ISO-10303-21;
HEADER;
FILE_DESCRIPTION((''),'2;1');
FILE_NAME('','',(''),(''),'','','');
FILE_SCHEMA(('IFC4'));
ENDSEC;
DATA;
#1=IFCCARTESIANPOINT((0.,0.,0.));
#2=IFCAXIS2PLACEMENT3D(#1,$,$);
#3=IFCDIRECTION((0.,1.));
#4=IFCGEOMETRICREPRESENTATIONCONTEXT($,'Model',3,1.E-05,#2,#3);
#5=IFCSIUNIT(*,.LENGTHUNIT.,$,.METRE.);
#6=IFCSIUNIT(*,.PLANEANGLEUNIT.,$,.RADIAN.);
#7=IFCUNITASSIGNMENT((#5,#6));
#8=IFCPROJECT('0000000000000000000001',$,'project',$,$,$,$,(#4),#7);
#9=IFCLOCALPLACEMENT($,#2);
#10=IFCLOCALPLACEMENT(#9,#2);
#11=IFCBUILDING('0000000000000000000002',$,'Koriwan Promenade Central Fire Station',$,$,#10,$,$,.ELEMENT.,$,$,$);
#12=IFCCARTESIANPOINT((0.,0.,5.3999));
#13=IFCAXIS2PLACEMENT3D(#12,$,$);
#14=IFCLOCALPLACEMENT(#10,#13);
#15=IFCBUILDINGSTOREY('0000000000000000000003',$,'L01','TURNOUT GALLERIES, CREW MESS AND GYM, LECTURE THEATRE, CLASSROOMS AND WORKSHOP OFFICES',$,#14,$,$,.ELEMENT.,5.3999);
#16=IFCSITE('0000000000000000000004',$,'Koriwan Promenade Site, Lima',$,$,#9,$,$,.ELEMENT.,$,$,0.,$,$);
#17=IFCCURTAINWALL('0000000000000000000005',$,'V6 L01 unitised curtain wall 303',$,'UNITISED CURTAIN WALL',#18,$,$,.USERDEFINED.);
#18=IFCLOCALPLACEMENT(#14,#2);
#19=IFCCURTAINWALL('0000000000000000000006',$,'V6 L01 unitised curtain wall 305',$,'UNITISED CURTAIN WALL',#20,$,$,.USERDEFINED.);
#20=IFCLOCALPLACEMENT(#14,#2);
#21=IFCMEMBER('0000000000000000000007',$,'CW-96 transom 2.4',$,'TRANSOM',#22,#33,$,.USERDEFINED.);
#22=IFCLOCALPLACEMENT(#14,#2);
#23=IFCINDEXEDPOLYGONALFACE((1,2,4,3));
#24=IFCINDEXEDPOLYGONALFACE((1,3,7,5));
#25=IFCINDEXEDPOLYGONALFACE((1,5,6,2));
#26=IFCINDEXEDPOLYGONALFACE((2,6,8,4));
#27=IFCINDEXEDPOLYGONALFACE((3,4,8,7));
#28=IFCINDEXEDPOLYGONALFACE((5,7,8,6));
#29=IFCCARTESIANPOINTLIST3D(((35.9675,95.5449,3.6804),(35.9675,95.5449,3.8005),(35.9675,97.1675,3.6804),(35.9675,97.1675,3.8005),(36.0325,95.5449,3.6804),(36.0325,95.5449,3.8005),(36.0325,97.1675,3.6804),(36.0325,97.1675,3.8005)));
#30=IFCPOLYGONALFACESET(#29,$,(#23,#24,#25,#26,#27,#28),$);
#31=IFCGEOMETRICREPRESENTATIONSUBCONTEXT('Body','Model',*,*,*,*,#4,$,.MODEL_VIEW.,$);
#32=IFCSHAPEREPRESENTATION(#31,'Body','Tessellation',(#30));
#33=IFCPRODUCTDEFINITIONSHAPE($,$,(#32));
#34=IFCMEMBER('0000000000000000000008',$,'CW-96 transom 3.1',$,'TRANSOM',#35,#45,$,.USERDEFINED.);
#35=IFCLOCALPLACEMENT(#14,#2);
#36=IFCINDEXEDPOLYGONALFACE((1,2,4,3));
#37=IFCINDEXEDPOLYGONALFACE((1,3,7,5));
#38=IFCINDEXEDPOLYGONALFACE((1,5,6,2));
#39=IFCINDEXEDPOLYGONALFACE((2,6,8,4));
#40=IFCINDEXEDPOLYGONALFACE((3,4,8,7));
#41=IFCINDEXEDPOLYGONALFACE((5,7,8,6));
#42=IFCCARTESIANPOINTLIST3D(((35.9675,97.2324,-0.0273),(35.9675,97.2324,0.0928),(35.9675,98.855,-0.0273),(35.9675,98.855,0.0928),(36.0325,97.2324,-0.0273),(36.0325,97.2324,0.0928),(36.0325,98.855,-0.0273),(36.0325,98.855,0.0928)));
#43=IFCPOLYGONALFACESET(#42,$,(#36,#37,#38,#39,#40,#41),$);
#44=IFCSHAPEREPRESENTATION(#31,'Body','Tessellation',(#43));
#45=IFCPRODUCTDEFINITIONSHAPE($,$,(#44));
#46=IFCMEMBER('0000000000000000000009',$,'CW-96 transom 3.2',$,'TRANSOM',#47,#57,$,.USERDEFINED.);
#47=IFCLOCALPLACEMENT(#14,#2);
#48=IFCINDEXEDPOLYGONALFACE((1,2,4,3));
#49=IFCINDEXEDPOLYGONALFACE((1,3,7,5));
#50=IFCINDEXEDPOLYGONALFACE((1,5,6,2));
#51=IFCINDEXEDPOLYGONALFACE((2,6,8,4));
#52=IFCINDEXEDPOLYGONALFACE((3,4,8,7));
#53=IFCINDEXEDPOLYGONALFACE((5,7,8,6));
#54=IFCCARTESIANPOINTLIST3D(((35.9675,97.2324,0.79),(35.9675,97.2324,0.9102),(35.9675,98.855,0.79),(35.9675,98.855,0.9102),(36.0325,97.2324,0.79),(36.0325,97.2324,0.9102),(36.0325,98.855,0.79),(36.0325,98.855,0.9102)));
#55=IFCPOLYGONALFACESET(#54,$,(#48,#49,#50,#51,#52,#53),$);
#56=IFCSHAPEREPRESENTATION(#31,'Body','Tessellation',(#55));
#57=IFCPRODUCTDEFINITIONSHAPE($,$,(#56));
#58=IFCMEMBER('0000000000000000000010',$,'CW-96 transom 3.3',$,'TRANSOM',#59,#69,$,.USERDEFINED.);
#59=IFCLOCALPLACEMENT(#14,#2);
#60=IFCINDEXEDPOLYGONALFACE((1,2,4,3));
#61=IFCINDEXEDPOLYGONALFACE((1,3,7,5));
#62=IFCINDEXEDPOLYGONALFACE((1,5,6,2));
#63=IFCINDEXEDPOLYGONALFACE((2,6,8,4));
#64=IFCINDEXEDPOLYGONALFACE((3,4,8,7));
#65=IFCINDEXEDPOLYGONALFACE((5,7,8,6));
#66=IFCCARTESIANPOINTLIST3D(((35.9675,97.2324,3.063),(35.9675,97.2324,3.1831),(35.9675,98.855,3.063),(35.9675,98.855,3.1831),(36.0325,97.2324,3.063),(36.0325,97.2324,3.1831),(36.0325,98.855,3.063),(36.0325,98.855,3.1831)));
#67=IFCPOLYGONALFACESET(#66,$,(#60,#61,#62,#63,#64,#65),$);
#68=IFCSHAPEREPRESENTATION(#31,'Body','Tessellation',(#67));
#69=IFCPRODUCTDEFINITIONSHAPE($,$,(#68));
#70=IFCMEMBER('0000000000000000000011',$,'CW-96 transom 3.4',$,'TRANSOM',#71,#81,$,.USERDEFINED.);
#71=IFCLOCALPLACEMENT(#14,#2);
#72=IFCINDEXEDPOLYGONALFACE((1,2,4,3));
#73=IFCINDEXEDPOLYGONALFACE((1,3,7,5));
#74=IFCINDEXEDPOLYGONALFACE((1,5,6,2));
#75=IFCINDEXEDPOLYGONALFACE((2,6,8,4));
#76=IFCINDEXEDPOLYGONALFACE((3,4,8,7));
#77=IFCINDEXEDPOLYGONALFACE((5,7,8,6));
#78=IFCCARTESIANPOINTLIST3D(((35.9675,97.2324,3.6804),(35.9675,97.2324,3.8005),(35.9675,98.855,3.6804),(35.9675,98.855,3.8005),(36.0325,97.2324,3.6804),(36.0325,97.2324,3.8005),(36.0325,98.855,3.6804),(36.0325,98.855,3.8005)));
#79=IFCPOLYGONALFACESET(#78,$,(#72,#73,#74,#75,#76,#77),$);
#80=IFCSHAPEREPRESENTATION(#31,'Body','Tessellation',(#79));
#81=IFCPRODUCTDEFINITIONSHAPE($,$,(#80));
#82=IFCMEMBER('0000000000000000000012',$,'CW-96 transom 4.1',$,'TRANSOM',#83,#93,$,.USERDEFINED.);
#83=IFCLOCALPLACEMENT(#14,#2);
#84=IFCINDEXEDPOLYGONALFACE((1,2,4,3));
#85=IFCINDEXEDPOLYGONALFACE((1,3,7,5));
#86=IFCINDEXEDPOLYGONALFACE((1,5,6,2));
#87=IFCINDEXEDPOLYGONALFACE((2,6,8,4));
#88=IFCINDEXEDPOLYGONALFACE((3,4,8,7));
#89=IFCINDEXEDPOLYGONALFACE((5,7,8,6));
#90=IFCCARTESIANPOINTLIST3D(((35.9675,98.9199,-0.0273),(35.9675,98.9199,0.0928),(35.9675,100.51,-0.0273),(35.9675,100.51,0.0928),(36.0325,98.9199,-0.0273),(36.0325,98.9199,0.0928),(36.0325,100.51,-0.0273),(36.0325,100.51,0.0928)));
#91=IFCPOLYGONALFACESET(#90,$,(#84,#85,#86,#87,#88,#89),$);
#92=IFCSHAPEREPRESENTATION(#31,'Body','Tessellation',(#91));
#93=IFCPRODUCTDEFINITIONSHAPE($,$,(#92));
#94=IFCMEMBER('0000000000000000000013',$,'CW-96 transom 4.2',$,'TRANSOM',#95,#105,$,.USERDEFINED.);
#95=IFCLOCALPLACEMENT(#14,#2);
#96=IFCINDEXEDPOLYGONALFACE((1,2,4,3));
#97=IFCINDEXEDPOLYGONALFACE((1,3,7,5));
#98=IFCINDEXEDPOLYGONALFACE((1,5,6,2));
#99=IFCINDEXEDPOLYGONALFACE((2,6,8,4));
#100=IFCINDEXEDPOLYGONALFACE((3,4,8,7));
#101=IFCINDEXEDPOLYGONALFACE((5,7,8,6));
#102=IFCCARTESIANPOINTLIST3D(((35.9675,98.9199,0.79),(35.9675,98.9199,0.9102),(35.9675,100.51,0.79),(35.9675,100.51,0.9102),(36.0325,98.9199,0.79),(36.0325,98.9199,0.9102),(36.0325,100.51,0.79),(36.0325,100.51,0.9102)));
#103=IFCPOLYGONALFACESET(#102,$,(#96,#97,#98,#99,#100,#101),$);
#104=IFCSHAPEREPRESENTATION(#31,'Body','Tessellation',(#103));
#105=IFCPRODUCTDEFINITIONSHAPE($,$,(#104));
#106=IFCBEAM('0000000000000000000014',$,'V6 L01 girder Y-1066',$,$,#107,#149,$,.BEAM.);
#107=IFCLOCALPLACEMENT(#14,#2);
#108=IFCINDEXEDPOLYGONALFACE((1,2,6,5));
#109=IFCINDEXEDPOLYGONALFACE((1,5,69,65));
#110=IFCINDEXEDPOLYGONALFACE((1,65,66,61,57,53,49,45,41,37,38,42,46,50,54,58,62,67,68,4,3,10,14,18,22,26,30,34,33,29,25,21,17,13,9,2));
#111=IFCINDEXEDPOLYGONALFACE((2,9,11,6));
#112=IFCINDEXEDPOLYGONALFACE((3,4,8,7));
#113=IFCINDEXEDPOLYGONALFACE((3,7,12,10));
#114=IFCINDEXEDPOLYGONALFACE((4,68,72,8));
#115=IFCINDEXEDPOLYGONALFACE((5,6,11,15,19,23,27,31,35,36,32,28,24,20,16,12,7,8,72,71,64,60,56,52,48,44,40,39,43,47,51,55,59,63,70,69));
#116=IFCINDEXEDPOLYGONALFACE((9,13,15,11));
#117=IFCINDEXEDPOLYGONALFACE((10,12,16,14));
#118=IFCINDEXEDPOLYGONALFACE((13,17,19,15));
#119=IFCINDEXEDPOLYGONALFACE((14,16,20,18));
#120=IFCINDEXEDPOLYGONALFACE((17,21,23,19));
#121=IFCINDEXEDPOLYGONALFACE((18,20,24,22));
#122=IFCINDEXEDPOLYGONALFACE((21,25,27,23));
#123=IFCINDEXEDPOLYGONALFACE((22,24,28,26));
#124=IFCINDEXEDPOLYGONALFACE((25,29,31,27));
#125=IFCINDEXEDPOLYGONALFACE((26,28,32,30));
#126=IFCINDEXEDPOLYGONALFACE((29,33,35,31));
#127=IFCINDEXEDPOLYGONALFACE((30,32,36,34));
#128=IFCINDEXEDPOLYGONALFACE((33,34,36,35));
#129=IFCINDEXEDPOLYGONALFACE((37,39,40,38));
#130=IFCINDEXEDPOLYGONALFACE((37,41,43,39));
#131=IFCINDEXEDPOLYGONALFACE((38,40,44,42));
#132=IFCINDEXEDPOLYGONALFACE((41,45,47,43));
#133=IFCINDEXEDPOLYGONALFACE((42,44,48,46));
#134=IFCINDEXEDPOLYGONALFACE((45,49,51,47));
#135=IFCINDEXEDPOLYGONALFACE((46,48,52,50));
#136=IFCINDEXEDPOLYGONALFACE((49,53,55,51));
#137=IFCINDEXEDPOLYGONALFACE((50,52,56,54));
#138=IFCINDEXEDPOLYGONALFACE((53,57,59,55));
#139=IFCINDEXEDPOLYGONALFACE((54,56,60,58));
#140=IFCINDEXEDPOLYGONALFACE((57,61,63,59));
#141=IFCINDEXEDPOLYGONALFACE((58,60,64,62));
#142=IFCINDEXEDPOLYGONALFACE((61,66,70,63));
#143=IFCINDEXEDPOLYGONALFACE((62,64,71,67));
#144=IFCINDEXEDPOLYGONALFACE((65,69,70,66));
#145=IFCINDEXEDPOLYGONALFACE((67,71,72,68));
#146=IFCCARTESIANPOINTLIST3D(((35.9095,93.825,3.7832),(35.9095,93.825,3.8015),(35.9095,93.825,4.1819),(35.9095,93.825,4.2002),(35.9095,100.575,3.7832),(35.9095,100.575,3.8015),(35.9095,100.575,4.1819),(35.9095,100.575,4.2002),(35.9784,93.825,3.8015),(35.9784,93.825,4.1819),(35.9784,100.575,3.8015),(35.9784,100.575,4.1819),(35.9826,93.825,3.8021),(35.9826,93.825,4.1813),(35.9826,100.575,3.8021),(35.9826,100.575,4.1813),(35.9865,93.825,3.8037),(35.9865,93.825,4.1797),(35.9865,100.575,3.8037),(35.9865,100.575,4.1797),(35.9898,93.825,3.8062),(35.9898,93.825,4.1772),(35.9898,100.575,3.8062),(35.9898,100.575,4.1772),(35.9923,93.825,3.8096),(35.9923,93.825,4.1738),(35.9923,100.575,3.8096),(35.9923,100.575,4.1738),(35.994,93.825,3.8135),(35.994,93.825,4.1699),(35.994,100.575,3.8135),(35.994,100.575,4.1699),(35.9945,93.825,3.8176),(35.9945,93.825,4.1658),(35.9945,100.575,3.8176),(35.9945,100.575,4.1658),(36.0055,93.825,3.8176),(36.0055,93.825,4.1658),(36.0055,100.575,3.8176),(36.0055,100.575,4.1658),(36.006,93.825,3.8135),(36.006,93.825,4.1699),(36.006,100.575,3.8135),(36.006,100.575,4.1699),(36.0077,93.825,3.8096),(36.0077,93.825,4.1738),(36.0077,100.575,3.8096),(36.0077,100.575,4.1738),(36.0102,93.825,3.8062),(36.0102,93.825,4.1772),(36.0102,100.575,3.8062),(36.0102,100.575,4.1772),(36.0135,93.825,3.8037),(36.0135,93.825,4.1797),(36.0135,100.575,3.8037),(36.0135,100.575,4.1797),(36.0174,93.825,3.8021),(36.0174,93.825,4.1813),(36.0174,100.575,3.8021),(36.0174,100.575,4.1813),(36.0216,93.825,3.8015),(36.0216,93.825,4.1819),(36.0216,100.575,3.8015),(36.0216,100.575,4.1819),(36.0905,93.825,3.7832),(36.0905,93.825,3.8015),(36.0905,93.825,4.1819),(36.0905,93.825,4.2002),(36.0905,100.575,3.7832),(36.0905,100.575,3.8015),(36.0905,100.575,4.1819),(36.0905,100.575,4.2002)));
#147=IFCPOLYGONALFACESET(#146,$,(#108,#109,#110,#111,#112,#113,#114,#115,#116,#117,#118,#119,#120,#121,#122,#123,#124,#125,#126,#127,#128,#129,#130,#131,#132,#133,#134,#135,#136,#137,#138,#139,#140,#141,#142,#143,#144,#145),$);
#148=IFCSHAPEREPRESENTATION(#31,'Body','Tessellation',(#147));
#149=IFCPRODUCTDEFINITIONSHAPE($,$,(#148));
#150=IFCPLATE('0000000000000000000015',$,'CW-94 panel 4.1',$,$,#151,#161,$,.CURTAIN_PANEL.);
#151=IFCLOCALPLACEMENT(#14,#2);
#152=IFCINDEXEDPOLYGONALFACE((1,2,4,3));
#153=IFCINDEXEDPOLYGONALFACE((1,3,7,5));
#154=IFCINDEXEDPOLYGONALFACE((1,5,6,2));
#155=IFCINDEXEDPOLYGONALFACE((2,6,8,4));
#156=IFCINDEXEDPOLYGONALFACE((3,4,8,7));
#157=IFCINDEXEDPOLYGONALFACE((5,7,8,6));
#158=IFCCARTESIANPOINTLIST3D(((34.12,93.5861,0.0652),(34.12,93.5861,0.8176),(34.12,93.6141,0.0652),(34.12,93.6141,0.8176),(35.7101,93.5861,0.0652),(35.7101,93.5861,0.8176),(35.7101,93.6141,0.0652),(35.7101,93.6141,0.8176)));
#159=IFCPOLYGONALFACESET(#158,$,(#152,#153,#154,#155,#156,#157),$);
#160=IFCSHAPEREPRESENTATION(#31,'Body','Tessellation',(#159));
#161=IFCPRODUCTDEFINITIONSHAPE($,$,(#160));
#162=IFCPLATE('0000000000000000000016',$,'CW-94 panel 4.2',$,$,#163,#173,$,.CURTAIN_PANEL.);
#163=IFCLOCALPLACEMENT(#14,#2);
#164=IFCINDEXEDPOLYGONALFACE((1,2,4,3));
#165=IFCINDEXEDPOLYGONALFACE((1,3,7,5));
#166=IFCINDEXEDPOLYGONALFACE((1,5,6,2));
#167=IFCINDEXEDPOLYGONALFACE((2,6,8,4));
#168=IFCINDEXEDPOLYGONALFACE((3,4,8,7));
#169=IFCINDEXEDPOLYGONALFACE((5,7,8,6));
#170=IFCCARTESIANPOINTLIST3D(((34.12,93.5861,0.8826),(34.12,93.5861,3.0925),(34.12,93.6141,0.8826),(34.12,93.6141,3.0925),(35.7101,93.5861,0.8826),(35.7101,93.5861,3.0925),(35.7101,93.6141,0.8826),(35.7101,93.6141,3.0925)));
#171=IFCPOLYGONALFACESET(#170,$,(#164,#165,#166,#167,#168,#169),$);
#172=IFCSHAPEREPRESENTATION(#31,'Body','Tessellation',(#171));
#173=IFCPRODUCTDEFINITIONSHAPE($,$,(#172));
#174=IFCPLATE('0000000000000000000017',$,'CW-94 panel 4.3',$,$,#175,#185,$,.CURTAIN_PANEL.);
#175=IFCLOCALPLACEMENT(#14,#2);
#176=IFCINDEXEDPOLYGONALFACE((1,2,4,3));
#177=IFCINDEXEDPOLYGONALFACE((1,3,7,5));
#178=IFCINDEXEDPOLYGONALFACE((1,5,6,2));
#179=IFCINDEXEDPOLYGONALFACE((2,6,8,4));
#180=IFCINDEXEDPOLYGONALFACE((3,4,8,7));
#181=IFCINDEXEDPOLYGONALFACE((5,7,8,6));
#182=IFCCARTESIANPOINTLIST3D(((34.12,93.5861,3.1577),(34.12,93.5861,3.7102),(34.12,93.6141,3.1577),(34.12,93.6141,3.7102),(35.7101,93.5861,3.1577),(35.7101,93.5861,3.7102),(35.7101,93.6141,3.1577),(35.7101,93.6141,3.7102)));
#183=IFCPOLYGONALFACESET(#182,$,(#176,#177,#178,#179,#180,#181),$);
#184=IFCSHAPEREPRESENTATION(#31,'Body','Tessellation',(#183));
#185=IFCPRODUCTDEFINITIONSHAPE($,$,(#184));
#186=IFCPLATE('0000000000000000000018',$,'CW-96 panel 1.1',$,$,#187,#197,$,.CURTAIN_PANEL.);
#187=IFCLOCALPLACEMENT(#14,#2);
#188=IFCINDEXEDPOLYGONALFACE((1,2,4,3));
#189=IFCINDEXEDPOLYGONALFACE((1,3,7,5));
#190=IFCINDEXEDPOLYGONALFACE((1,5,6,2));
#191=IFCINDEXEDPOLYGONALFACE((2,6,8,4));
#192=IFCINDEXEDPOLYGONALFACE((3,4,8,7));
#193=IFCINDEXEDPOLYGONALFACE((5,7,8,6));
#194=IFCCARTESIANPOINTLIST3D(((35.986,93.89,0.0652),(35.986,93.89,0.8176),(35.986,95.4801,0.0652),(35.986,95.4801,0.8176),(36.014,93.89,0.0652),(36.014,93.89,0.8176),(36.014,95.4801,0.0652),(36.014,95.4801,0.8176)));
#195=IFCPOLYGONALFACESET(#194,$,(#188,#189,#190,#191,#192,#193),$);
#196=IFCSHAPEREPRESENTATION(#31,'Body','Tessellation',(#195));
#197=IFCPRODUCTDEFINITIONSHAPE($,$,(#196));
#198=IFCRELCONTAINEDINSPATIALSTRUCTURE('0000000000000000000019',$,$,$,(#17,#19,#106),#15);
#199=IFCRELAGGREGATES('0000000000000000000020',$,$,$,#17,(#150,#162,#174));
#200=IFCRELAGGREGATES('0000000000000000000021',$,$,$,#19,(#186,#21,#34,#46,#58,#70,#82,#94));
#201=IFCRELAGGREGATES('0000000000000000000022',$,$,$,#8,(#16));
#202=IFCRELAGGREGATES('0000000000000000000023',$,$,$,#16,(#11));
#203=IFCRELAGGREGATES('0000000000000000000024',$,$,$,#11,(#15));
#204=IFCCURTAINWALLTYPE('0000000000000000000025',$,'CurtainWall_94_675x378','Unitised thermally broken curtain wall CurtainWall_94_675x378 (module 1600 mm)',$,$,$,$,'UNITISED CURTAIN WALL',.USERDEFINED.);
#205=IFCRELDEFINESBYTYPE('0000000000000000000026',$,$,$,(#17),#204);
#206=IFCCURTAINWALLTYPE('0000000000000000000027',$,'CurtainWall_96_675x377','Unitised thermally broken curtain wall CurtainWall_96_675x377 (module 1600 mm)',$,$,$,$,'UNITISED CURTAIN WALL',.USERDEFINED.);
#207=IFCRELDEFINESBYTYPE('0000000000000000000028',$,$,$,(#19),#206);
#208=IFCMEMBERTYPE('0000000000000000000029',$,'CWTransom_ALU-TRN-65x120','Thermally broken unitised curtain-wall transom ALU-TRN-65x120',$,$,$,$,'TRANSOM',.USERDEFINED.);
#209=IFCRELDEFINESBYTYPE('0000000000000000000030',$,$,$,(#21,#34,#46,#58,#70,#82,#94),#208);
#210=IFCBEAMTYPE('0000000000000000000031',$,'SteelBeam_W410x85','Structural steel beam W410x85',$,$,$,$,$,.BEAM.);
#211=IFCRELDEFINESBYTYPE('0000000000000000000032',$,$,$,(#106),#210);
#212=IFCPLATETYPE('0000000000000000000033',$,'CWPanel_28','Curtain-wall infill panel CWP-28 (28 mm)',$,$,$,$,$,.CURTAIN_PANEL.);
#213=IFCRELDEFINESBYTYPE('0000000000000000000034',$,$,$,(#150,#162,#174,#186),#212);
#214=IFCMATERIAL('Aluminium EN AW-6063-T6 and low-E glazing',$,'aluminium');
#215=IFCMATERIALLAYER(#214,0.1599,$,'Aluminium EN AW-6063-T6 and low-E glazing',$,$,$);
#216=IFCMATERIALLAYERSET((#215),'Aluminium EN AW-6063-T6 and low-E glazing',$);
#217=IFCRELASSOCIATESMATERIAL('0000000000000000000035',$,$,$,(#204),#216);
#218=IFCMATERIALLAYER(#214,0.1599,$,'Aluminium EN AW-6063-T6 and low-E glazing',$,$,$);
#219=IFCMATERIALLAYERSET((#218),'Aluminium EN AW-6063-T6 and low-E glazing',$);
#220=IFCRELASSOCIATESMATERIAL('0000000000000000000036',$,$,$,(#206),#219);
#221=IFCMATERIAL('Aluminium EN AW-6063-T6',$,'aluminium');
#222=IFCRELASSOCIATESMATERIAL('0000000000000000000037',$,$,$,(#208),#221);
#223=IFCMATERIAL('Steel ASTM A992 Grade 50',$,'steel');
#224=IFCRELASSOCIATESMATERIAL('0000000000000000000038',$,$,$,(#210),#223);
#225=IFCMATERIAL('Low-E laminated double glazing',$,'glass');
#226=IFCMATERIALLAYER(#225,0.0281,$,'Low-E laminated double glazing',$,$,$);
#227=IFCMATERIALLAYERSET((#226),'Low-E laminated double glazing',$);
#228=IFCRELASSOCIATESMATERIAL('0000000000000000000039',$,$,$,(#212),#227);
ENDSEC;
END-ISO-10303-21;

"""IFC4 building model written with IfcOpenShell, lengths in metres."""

from ifc_helpers import new_model, si_unit, direction, frame, origin, origin_2d, place, context, subcontext, project, spatial, rectangle, i_section, extrude, material, layer, layer_set, material_profile, profile_set, type_object, element, aggregate, save


model = new_model("IFC4")

# Units and contexts
model_context = context("Model", 3, precision=1e-05, world=origin(), true_north=direction((0.0, 1.0)))
body_context = subcontext(model_context, "Body", "Model", "MODEL_VIEW")
ifc_project = project(units=[si_unit("LENGTHUNIT", "METRE"), si_unit("PLANEANGLEUNIT", "RADIAN")], contexts=[model_context])

# Site, building, storey
site_placement = place(None, origin())
site = spatial("IfcSite", under=ifc_project, at=site_placement, Name="Koriwan Promenade Site, Lima", CompositionType="ELEMENT", RefElevation=0.0)
building_placement = place(site_placement, origin())
building = spatial("IfcBuilding", under=site, at=building_placement, Name="Koriwan Promenade Central Fire Station", CompositionType="ELEMENT")
storey_placement = place(building_placement, frame((0.0, 0.0, 5.3999)))
storey = spatial("IfcBuildingStorey", under=building, at=storey_placement, Name="L01", Description="TURNOUT GALLERIES, CREW MESS AND GYM, LECTURE THEATRE, CLASSROOMS AND WORKSHOP OFFICES", CompositionType="ELEMENT", Elevation=5.3999)

# Curtain wall
ifc_material_1 = material(Name="Aluminium EN AW-6063-T6 and low-E glazing", Category="aluminium")
ifc_layer_1 = layer(ifc_material_1, 0.1599, Name="Aluminium EN AW-6063-T6 and low-E glazing")
ifc_layer_set_1 = layer_set([ifc_layer_1], Name="Aluminium EN AW-6063-T6 and low-E glazing")
curtain_wall_type_1 = type_object("IfcCurtainWallType", Name="CurtainWall_94_675x378", Description="Unitised thermally broken curtain wall CurtainWall_94_675x378 (module 1600 mm)", ElementType="UNITISED CURTAIN WALL", PredefinedType="USERDEFINED", material=ifc_layer_set_1)
curtain_wall_1_placement = place(storey_placement, origin())
curtain_wall_1 = element("IfcCurtainWall", 1, at=curtain_wall_1_placement, inside=storey, type_object=curtain_wall_type_1, Name="V6 L01 unitised curtain wall 303", ObjectType="UNITISED CURTAIN WALL", PredefinedType="USERDEFINED")
ifc_material_2 = material(Name="Aluminium EN AW-6063-T6", Category="aluminium")

# Curtain wall
ifc_layer_2 = layer(ifc_material_1, 0.1599, Name="Aluminium EN AW-6063-T6 and low-E glazing")
ifc_layer_set_2 = layer_set([ifc_layer_2], Name="Aluminium EN AW-6063-T6 and low-E glazing")
curtain_wall_type_2 = type_object("IfcCurtainWallType", Name="CurtainWall_96_675x377", Description="Unitised thermally broken curtain wall CurtainWall_96_675x377 (module 1600 mm)", ElementType="UNITISED CURTAIN WALL", PredefinedType="USERDEFINED", material=ifc_layer_set_2)
curtain_wall_2_placement = place(storey_placement, origin())
curtain_wall_2 = element("IfcCurtainWall", 2, at=curtain_wall_2_placement, inside=storey, type_object=curtain_wall_type_2, Name="V6 L01 unitised curtain wall 305", ObjectType="UNITISED CURTAIN WALL", PredefinedType="USERDEFINED")

# Members
ifc_material_profile_1 = material_profile(ifc_material_2, rectangle(XDim=0.0649, YDim=0.1201, at=origin_2d()), Name="ALU-TRN-65x120")
ifc_profile_set_1 = profile_set([ifc_material_profile_1], Name="Aluminium EN AW-6063-T6")
member_type_1 = type_object("IfcMemberType", Name="CWTransom_ALU-TRN-65x120", Description="Thermally broken unitised curtain-wall transom ALU-TRN-65x120", ElementType="TRANSOM", PredefinedType="USERDEFINED", material=ifc_profile_set_1)
member_1_placement = place(storey_placement, frame((36.0, 95.5449, 3.7405), z_axis=(0.0, 1.0, 0.0), x_axis=(-1.0, 0.0, 0.0)))
member_1 = element("IfcMember", 3, at=member_1_placement, type_object=member_type_1, Name="CW-96 transom 2.4", ObjectType="TRANSOM", PredefinedType="USERDEFINED", context=body_context, shape_type="SweptSolid", body=[
    extrude(rectangle(XDim=0.0649, YDim=0.1201, at=origin_2d()), origin(), (0.0, 0.0, 1.0), 1.6226),
])
member_2_placement = place(storey_placement, frame((36.0, 97.2324, 0.0327), z_axis=(0.0, 1.0, 0.0), x_axis=(-1.0, 0.0, 0.0)))
member_2 = element("IfcMember", 4, at=member_2_placement, type_object=member_type_1, Name="CW-96 transom 3.1", ObjectType="TRANSOM", PredefinedType="USERDEFINED", context=body_context, shape_type="SweptSolid", body=[
    extrude(rectangle(XDim=0.0649, YDim=0.1201, at=origin_2d()), origin(), (0.0, 0.0, 1.0), 1.6226),
])
member_3_placement = place(storey_placement, frame((36.0, 97.2324, 0.8501), z_axis=(0.0, 1.0, 0.0), x_axis=(-1.0, 0.0, 0.0)))
member_3 = element("IfcMember", 5, at=member_3_placement, type_object=member_type_1, Name="CW-96 transom 3.2", ObjectType="TRANSOM", PredefinedType="USERDEFINED", context=body_context, shape_type="SweptSolid", body=[
    extrude(rectangle(XDim=0.0649, YDim=0.1201, at=origin_2d()), origin(), (0.0, 0.0, 1.0), 1.6226),
])
member_4_placement = place(storey_placement, frame((36.0, 97.2324, 3.123), z_axis=(0.0, 1.0, 0.0), x_axis=(-1.0, 0.0, 0.0)))
member_4 = element("IfcMember", 6, at=member_4_placement, type_object=member_type_1, Name="CW-96 transom 3.3", ObjectType="TRANSOM", PredefinedType="USERDEFINED", context=body_context, shape_type="SweptSolid", body=[
    extrude(rectangle(XDim=0.0649, YDim=0.1201, at=origin_2d()), origin(), (0.0, 0.0, 1.0), 1.6226),
])
member_5_placement = place(storey_placement, frame((36.0, 97.2324, 3.7405), z_axis=(0.0, 1.0, 0.0), x_axis=(-1.0, 0.0, 0.0)))
member_5 = element("IfcMember", 7, at=member_5_placement, type_object=member_type_1, Name="CW-96 transom 3.4", ObjectType="TRANSOM", PredefinedType="USERDEFINED", context=body_context, shape_type="SweptSolid", body=[
    extrude(rectangle(XDim=0.0649, YDim=0.1201, at=origin_2d()), origin(), (0.0, 0.0, 1.0), 1.6226),
])
member_6_placement = place(storey_placement, frame((36.0, 98.9199, 0.0327), z_axis=(0.0, 1.0, 0.0), x_axis=(-1.0, 0.0, 0.0)))
member_6 = element("IfcMember", 8, at=member_6_placement, type_object=member_type_1, Name="CW-96 transom 4.1", ObjectType="TRANSOM", PredefinedType="USERDEFINED", context=body_context, shape_type="SweptSolid", body=[
    extrude(rectangle(XDim=0.0649, YDim=0.1201, at=origin_2d()), origin(), (0.0, 0.0, 1.0), 1.5901),
])
member_7_placement = place(storey_placement, frame((36.0, 98.9199, 0.8501), z_axis=(0.0, 1.0, 0.0), x_axis=(-1.0, 0.0, 0.0)))
member_7 = element("IfcMember", 9, at=member_7_placement, type_object=member_type_1, Name="CW-96 transom 4.2", ObjectType="TRANSOM", PredefinedType="USERDEFINED", context=body_context, shape_type="SweptSolid", body=[
    extrude(rectangle(XDim=0.0649, YDim=0.1201, at=origin_2d()), origin(), (0.0, 0.0, 1.0), 1.5901),
])

# Beam
ifc_material_3 = material(Name="Steel ASTM A992 Grade 50", Category="steel")
ifc_material_profile_2 = material_profile(ifc_material_3, i_section(OverallWidth=0.1809, OverallDepth=0.417, WebThickness=0.011, FlangeThickness=0.0183, FilletRadius=0.0161, at=origin_2d()), Name="W410x85")
ifc_profile_set_2 = profile_set([ifc_material_profile_2], Name="Steel ASTM A992 Grade 50")
beam_type = type_object("IfcBeamType", Name="SteelBeam_W410x85", Description="Structural steel beam W410x85", PredefinedType="BEAM", material=ifc_profile_set_2)
beam_placement = place(storey_placement, frame((36.0, 93.825, 3.9917), z_axis=(0.0, 1.0, 0.0), x_axis=(-1.0, 0.0, 0.0)))
element("IfcBeam", 10, at=beam_placement, inside=storey, type_object=beam_type, Name="V6 L01 girder Y-1066", PredefinedType="BEAM", context=body_context, shape_type="SweptSolid", body=[
    extrude(i_section(OverallWidth=0.1809, OverallDepth=0.417, WebThickness=0.011, FlangeThickness=0.0183, FilletRadius=0.0161, at=origin_2d()), origin(), (0.0, 0.0, 1.0), 6.75),
])

# Plates
ifc_material_4 = material(Name="Low-E laminated double glazing", Category="glass")
ifc_layer_3 = layer(ifc_material_4, 0.0281, Name="Low-E laminated double glazing")
ifc_layer_set_3 = layer_set([ifc_layer_3], Name="Low-E laminated double glazing")
plate_type = type_object("IfcPlateType", Name="CWPanel_28", Description="Curtain-wall infill panel CWP-28 (28 mm)", PredefinedType="CURTAIN_PANEL", material=ifc_layer_set_3)
plate_1_placement = place(storey_placement, frame((34.915, 93.6001, 0.0652), z_axis=(0.0, 0.0, 1.0), x_axis=(1.0, 0.0, 0.0)))
plate_1 = element("IfcPlate", 11, at=plate_1_placement, type_object=plate_type, Name="CW-94 panel 4.1", PredefinedType="CURTAIN_PANEL", context=body_context, shape_type="SweptSolid", body=[
    extrude(rectangle(XDim=1.5901, YDim=0.0281, at=origin_2d()), origin(), (0.0, 0.0, 1.0), 0.7524),
])
plate_2_placement = place(storey_placement, frame((34.915, 93.6001, 0.8826), z_axis=(0.0, 0.0, 1.0), x_axis=(1.0, 0.0, 0.0)))
plate_2 = element("IfcPlate", 12, at=plate_2_placement, type_object=plate_type, Name="CW-94 panel 4.2", PredefinedType="CURTAIN_PANEL", context=body_context, shape_type="SweptSolid", body=[
    extrude(rectangle(XDim=1.5901, YDim=0.0281, at=origin_2d()), origin(), (0.0, 0.0, 1.0), 2.21),
])
plate_3_placement = place(storey_placement, frame((34.915, 93.6001, 3.1577), z_axis=(0.0, 0.0, 1.0), x_axis=(1.0, 0.0, 0.0)))
plate_3 = element("IfcPlate", 13, at=plate_3_placement, type_object=plate_type, Name="CW-94 panel 4.3", PredefinedType="CURTAIN_PANEL", context=body_context, shape_type="SweptSolid", body=[
    extrude(rectangle(XDim=1.5901, YDim=0.0281, at=origin_2d()), origin(), (0.0, 0.0, 1.0), 0.5525),
])
aggregate(curtain_wall_1, [plate_1, plate_2, plate_3])
plate_4_placement = place(storey_placement, frame((36.0, 94.6851, 0.0652), z_axis=(0.0, 0.0, 1.0), x_axis=(0.0, 1.0, 0.0)))
plate_4 = element("IfcPlate", 14, at=plate_4_placement, type_object=plate_type, Name="CW-96 panel 1.1", PredefinedType="CURTAIN_PANEL", context=body_context, shape_type="SweptSolid", body=[
    extrude(rectangle(XDim=1.5901, YDim=0.0281, at=origin_2d()), origin(), (0.0, 0.0, 1.0), 0.7524),
])
aggregate(curtain_wall_2, [plate_4, member_1, member_2, member_3, member_4, member_5, member_6, member_7])

save(model, "model.ifc")
